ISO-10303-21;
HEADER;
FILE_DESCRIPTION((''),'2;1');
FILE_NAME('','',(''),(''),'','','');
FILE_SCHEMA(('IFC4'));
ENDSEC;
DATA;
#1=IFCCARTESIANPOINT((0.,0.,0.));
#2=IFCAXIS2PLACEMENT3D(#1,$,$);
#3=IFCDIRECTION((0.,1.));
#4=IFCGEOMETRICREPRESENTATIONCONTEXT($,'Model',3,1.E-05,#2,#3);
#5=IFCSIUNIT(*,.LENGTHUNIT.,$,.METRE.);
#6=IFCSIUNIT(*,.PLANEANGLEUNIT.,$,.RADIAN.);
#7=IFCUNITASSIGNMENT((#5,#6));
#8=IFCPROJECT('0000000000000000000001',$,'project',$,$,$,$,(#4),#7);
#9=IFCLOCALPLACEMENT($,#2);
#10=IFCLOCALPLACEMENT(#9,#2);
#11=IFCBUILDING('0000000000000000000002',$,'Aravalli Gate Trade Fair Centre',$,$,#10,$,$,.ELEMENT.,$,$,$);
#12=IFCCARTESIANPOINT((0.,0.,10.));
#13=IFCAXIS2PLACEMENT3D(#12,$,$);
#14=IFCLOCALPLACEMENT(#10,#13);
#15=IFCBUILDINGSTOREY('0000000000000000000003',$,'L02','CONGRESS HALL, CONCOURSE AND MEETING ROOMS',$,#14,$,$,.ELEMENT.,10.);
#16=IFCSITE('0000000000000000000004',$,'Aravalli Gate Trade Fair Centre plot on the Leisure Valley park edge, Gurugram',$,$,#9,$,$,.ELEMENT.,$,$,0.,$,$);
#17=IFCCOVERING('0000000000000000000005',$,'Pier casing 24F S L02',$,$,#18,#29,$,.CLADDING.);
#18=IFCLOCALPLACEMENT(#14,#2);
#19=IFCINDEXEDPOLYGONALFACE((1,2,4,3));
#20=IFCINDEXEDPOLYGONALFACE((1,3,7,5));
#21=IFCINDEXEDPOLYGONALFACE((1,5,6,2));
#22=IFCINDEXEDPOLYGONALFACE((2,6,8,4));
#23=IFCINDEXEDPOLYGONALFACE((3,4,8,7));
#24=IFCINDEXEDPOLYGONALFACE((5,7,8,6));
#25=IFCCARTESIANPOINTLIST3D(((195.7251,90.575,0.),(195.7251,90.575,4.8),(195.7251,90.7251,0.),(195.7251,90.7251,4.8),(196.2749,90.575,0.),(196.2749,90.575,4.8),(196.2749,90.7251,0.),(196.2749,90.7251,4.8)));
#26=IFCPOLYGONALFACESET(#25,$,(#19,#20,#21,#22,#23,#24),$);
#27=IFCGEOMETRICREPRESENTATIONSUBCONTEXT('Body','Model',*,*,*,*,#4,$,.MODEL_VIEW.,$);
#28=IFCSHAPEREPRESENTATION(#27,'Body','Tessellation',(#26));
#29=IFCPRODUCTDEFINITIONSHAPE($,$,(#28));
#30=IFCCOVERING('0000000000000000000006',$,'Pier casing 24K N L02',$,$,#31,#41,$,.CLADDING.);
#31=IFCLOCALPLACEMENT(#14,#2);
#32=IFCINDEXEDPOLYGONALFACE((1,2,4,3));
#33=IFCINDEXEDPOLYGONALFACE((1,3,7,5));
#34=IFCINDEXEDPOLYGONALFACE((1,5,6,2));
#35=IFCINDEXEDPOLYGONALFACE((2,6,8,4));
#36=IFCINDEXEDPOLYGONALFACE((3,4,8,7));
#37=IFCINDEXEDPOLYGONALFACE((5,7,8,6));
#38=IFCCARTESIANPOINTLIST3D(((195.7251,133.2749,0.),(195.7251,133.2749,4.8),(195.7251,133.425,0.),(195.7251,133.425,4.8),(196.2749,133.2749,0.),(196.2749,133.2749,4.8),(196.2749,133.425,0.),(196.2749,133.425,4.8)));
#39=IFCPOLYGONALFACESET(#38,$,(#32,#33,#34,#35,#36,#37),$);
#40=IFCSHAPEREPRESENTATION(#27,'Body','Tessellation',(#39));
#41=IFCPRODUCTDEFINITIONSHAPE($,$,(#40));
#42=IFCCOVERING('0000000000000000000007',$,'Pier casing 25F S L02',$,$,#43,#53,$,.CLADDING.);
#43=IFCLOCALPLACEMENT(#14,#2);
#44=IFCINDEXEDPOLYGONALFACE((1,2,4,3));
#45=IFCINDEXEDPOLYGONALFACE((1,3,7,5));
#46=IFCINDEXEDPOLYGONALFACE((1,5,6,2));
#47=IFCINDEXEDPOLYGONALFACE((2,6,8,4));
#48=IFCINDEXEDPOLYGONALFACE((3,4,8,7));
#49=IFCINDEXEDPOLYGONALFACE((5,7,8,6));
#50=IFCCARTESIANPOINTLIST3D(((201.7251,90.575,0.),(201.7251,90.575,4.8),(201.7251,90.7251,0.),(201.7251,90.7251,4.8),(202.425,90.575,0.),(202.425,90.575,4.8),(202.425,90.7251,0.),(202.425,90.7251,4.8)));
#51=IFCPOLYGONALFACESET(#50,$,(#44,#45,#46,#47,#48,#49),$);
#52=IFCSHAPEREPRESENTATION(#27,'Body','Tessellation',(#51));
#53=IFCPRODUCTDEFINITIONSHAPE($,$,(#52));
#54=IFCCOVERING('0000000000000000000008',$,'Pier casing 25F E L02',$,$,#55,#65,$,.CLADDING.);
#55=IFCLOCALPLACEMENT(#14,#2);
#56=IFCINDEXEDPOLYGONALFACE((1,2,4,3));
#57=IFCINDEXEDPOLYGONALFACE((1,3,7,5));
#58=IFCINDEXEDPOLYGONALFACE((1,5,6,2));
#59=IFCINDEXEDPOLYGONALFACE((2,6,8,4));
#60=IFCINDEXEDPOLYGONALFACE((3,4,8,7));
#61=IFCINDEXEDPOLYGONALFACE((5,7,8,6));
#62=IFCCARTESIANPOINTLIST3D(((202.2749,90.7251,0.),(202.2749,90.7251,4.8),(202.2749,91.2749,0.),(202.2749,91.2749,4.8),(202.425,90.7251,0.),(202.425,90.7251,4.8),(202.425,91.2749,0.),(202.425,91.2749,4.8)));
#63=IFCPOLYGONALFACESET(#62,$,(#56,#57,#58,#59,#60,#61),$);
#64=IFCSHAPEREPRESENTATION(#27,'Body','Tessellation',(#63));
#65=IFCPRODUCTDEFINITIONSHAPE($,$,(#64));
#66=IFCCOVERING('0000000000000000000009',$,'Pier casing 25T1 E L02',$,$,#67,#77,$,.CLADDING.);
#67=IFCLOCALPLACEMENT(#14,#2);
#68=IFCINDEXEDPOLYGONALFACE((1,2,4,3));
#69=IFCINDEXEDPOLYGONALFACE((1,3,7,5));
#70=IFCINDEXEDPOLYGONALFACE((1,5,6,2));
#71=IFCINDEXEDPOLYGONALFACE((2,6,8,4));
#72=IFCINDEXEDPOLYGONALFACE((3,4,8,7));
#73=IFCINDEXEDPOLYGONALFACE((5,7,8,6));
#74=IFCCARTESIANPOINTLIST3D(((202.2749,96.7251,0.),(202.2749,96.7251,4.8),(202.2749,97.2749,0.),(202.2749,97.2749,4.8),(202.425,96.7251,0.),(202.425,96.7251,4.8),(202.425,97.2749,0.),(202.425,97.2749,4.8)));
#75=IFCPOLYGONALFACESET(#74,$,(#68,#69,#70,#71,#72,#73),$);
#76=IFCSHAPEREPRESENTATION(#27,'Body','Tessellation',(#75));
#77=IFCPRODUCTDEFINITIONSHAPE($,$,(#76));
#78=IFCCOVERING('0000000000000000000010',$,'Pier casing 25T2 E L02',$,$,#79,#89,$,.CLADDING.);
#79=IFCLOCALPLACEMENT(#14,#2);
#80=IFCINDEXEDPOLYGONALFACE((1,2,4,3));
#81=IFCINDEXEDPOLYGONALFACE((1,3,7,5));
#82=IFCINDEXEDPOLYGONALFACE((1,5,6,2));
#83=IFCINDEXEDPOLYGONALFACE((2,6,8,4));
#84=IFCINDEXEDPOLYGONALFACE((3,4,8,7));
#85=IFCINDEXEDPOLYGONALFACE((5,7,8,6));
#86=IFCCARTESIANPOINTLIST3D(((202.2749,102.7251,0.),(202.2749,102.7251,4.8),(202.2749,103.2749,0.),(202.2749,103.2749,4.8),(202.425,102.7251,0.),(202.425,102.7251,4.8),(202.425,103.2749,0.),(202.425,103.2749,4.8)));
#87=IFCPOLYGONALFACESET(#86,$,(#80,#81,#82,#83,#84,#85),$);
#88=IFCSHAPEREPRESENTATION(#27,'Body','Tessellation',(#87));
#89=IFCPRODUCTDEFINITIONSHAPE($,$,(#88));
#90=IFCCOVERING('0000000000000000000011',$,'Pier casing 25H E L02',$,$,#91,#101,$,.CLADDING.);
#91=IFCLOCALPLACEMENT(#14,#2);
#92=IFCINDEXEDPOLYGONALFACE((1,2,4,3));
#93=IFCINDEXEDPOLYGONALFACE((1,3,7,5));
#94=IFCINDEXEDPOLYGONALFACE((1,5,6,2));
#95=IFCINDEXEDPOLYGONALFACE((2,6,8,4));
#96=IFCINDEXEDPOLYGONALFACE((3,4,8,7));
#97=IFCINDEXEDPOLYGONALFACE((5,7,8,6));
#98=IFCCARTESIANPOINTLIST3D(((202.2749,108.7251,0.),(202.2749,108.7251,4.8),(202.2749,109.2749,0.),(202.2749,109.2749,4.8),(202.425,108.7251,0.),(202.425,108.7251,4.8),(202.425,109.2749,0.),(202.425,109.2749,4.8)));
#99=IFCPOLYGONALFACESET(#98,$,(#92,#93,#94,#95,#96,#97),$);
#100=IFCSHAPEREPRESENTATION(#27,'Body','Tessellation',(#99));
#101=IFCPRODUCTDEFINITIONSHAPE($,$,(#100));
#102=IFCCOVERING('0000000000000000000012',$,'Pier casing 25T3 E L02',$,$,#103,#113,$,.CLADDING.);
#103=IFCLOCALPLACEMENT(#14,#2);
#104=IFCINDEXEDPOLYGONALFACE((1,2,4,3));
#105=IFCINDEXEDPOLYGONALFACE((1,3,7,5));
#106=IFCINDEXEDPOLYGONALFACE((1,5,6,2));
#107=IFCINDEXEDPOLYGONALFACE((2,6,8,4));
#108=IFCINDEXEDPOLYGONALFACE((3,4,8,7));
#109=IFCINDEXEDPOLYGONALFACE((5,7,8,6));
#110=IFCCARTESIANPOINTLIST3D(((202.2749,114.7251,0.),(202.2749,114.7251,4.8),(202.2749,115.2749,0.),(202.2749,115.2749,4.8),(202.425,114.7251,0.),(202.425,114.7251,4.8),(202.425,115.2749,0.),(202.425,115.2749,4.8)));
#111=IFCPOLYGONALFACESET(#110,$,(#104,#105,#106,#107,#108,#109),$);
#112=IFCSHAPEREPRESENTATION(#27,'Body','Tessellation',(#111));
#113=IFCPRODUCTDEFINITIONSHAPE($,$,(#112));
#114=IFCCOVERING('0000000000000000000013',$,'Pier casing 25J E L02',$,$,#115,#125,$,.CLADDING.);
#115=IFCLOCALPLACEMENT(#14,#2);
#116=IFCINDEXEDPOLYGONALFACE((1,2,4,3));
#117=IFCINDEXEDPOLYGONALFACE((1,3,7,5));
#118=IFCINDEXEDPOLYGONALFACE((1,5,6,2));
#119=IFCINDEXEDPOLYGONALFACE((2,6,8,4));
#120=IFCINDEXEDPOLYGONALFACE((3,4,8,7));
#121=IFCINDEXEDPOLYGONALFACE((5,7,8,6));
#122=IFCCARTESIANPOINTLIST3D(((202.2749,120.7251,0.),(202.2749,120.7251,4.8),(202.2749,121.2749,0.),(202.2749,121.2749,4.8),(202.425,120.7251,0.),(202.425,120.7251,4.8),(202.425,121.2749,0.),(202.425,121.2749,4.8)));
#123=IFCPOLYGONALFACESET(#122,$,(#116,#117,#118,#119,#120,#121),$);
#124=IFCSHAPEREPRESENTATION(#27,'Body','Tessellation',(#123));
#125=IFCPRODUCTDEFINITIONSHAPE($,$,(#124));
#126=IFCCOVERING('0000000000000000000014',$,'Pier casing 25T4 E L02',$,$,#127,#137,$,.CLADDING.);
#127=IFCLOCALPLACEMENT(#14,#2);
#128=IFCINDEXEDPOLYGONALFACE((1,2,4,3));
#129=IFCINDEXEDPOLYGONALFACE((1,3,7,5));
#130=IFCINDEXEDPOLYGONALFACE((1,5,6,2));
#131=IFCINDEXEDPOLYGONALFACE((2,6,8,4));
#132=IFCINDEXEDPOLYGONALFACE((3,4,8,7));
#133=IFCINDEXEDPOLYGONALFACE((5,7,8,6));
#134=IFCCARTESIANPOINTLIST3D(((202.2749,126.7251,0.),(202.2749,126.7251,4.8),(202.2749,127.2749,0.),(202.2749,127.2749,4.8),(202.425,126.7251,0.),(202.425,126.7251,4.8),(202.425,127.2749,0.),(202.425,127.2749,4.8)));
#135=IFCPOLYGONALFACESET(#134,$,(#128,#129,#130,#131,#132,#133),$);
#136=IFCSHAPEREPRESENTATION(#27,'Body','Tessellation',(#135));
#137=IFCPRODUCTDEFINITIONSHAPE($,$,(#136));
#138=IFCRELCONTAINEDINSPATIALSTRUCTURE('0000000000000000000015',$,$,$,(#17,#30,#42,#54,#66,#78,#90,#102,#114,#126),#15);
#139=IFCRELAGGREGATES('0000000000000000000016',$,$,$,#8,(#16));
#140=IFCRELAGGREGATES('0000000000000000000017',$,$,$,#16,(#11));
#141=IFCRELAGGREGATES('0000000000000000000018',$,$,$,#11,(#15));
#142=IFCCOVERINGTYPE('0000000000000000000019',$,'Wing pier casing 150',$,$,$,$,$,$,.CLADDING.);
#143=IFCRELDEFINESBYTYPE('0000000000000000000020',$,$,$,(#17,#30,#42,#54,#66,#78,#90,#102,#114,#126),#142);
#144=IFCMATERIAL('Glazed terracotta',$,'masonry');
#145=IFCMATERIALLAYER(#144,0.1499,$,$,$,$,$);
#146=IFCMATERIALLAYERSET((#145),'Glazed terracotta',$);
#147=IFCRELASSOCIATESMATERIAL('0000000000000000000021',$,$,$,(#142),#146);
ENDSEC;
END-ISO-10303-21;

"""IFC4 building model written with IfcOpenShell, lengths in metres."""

from ifc_helpers import new_model, si_unit, direction, frame, origin, place, context, subcontext, project, spatial, polyline, outline, extrude, material, layer, layer_set, type_object, element, save


model = new_model("IFC4")

# Units and contexts
model_context = context("Model", 3, precision=1e-05, world=origin(), true_north=direction((0.0, 1.0)))
body_context = subcontext(model_context, "Body", "Model", "MODEL_VIEW")
ifc_project = project(units=[si_unit("LENGTHUNIT", "METRE"), si_unit("PLANEANGLEUNIT", "RADIAN")], contexts=[model_context])

# Site, building, storey
site_placement = place(None, origin())
site = spatial("IfcSite", under=ifc_project, at=site_placement, Name="Aravalli Gate Trade Fair Centre plot on the Leisure Valley park edge, Gurugram", CompositionType="ELEMENT", RefElevation=0.0)
building_placement = place(site_placement, origin())
building = spatial("IfcBuilding", under=site, at=building_placement, Name="Aravalli Gate Trade Fair Centre", CompositionType="ELEMENT")
storey_placement = place(building_placement, frame((0.0, 0.0, 10.0)))
storey = spatial("IfcBuildingStorey", under=building, at=storey_placement, Name="L02", Description="CONGRESS HALL, CONCOURSE AND MEETING ROOMS", CompositionType="ELEMENT", Elevation=10.0)

# Coverings
ifc_material_1 = material(Name="Glazed terracotta", Category="masonry")
ifc_layer_1 = layer(ifc_material_1, 0.1499)
ifc_layer_set_1 = layer_set([ifc_layer_1], Name="Glazed terracotta")
covering_type_1 = type_object("IfcCoveringType", Name="Wing pier casing 150", PredefinedType="CLADDING", material=ifc_layer_set_1)
covering_1_placement = place(storey_placement, origin())
element("IfcCovering", 1, at=covering_1_placement, inside=storey, type_object=covering_type_1, Name="Pier casing 24F S L02", PredefinedType="CLADDING", context=body_context, shape_type="SweptSolid", body=[
    extrude(outline(polyline([(195.7251, 90.575), (196.2749, 90.575), (196.2749, 90.7251), (195.7251, 90.7251), (195.7251, 90.575)])), origin(), (0.0, 0.0, 1.0), 4.8),
])
covering_2_placement = place(storey_placement, origin())
element("IfcCovering", 2, at=covering_2_placement, inside=storey, type_object=covering_type_1, Name="Pier casing 24K N L02", PredefinedType="CLADDING", context=body_context, shape_type="SweptSolid", body=[
    extrude(outline(polyline([(195.7251, 133.2749), (196.2749, 133.2749), (196.2749, 133.425), (195.7251, 133.425), (195.7251, 133.2749)])), origin(), (0.0, 0.0, 1.0), 4.8),
])
covering_3_placement = place(storey_placement, origin())
element("IfcCovering", 3, at=covering_3_placement, inside=storey, type_object=covering_type_1, Name="Pier casing 25F S L02", PredefinedType="CLADDING", context=body_context, shape_type="SweptSolid", body=[
    extrude(outline(polyline([(201.7251, 90.575), (202.425, 90.575), (202.425, 90.7251), (201.7251, 90.7251), (201.7251, 90.575)])), origin(), (0.0, 0.0, 1.0), 4.8),
])
covering_4_placement = place(storey_placement, origin())
element("IfcCovering", 4, at=covering_4_placement, inside=storey, type_object=covering_type_1, Name="Pier casing 25F E L02", PredefinedType="CLADDING", context=body_context, shape_type="SweptSolid", body=[
    extrude(outline(polyline([(202.2749, 90.7251), (202.425, 90.7251), (202.425, 91.2749), (202.2749, 91.2749), (202.2749, 90.7251)])), origin(), (0.0, 0.0, 1.0), 4.8),
])
covering_5_placement = place(storey_placement, origin())
element("IfcCovering", 5, at=covering_5_placement, inside=storey, type_object=covering_type_1, Name="Pier casing 25T1 E L02", PredefinedType="CLADDING", context=body_context, shape_type="SweptSolid", body=[
    extrude(outline(polyline([(202.2749, 96.7251), (202.425, 96.7251), (202.425, 97.2749), (202.2749, 97.2749), (202.2749, 96.7251)])), origin(), (0.0, 0.0, 1.0), 4.8),
])
covering_6_placement = place(storey_placement, origin())
element("IfcCovering", 6, at=covering_6_placement, inside=storey, type_object=covering_type_1, Name="Pier casing 25T2 E L02", PredefinedType="CLADDING", context=body_context, shape_type="SweptSolid", body=[
    extrude(outline(polyline([(202.2749, 102.7251), (202.425, 102.7251), (202.425, 103.2749), (202.2749, 103.2749), (202.2749, 102.7251)])), origin(), (0.0, 0.0, 1.0), 4.8),
])
covering_7_placement = place(storey_placement, origin())
element("IfcCovering", 7, at=covering_7_placement, inside=storey, type_object=covering_type_1, Name="Pier casing 25H E L02", PredefinedType="CLADDING", context=body_context, shape_type="SweptSolid", body=[
    extrude(outline(polyline([(202.2749, 108.7251), (202.425, 108.7251), (202.425, 109.2749), (202.2749, 109.2749), (202.2749, 108.7251)])), origin(), (0.0, 0.0, 1.0), 4.8),
])
covering_8_placement = place(storey_placement, origin())
element("IfcCovering", 8, at=covering_8_placement, inside=storey, type_object=covering_type_1, Name="Pier casing 25T3 E L02", PredefinedType="CLADDING", context=body_context, shape_type="SweptSolid", body=[
    extrude(outline(polyline([(202.2749, 114.7251), (202.425, 114.7251), (202.425, 115.2749), (202.2749, 115.2749), (202.2749, 114.7251)])), origin(), (0.0, 0.0, 1.0), 4.8),
])
covering_9_placement = place(storey_placement, origin())
element("IfcCovering", 9, at=covering_9_placement, inside=storey, type_object=covering_type_1, Name="Pier casing 25J E L02", PredefinedType="CLADDING", context=body_context, shape_type="SweptSolid", body=[
    extrude(outline(polyline([(202.2749, 120.7251), (202.425, 120.7251), (202.425, 121.2749), (202.2749, 121.2749), (202.2749, 120.7251)])), origin(), (0.0, 0.0, 1.0), 4.8),
])
covering_10_placement = place(storey_placement, origin())
element("IfcCovering", 10, at=covering_10_placement, inside=storey, type_object=covering_type_1, Name="Pier casing 25T4 E L02", PredefinedType="CLADDING", context=body_context, shape_type="SweptSolid", body=[
    extrude(outline(polyline([(202.2749, 126.7251), (202.425, 126.7251), (202.425, 127.2749), (202.2749, 127.2749), (202.2749, 126.7251)])), origin(), (0.0, 0.0, 1.0), 4.8),
])

save(model, "model.ifc")
